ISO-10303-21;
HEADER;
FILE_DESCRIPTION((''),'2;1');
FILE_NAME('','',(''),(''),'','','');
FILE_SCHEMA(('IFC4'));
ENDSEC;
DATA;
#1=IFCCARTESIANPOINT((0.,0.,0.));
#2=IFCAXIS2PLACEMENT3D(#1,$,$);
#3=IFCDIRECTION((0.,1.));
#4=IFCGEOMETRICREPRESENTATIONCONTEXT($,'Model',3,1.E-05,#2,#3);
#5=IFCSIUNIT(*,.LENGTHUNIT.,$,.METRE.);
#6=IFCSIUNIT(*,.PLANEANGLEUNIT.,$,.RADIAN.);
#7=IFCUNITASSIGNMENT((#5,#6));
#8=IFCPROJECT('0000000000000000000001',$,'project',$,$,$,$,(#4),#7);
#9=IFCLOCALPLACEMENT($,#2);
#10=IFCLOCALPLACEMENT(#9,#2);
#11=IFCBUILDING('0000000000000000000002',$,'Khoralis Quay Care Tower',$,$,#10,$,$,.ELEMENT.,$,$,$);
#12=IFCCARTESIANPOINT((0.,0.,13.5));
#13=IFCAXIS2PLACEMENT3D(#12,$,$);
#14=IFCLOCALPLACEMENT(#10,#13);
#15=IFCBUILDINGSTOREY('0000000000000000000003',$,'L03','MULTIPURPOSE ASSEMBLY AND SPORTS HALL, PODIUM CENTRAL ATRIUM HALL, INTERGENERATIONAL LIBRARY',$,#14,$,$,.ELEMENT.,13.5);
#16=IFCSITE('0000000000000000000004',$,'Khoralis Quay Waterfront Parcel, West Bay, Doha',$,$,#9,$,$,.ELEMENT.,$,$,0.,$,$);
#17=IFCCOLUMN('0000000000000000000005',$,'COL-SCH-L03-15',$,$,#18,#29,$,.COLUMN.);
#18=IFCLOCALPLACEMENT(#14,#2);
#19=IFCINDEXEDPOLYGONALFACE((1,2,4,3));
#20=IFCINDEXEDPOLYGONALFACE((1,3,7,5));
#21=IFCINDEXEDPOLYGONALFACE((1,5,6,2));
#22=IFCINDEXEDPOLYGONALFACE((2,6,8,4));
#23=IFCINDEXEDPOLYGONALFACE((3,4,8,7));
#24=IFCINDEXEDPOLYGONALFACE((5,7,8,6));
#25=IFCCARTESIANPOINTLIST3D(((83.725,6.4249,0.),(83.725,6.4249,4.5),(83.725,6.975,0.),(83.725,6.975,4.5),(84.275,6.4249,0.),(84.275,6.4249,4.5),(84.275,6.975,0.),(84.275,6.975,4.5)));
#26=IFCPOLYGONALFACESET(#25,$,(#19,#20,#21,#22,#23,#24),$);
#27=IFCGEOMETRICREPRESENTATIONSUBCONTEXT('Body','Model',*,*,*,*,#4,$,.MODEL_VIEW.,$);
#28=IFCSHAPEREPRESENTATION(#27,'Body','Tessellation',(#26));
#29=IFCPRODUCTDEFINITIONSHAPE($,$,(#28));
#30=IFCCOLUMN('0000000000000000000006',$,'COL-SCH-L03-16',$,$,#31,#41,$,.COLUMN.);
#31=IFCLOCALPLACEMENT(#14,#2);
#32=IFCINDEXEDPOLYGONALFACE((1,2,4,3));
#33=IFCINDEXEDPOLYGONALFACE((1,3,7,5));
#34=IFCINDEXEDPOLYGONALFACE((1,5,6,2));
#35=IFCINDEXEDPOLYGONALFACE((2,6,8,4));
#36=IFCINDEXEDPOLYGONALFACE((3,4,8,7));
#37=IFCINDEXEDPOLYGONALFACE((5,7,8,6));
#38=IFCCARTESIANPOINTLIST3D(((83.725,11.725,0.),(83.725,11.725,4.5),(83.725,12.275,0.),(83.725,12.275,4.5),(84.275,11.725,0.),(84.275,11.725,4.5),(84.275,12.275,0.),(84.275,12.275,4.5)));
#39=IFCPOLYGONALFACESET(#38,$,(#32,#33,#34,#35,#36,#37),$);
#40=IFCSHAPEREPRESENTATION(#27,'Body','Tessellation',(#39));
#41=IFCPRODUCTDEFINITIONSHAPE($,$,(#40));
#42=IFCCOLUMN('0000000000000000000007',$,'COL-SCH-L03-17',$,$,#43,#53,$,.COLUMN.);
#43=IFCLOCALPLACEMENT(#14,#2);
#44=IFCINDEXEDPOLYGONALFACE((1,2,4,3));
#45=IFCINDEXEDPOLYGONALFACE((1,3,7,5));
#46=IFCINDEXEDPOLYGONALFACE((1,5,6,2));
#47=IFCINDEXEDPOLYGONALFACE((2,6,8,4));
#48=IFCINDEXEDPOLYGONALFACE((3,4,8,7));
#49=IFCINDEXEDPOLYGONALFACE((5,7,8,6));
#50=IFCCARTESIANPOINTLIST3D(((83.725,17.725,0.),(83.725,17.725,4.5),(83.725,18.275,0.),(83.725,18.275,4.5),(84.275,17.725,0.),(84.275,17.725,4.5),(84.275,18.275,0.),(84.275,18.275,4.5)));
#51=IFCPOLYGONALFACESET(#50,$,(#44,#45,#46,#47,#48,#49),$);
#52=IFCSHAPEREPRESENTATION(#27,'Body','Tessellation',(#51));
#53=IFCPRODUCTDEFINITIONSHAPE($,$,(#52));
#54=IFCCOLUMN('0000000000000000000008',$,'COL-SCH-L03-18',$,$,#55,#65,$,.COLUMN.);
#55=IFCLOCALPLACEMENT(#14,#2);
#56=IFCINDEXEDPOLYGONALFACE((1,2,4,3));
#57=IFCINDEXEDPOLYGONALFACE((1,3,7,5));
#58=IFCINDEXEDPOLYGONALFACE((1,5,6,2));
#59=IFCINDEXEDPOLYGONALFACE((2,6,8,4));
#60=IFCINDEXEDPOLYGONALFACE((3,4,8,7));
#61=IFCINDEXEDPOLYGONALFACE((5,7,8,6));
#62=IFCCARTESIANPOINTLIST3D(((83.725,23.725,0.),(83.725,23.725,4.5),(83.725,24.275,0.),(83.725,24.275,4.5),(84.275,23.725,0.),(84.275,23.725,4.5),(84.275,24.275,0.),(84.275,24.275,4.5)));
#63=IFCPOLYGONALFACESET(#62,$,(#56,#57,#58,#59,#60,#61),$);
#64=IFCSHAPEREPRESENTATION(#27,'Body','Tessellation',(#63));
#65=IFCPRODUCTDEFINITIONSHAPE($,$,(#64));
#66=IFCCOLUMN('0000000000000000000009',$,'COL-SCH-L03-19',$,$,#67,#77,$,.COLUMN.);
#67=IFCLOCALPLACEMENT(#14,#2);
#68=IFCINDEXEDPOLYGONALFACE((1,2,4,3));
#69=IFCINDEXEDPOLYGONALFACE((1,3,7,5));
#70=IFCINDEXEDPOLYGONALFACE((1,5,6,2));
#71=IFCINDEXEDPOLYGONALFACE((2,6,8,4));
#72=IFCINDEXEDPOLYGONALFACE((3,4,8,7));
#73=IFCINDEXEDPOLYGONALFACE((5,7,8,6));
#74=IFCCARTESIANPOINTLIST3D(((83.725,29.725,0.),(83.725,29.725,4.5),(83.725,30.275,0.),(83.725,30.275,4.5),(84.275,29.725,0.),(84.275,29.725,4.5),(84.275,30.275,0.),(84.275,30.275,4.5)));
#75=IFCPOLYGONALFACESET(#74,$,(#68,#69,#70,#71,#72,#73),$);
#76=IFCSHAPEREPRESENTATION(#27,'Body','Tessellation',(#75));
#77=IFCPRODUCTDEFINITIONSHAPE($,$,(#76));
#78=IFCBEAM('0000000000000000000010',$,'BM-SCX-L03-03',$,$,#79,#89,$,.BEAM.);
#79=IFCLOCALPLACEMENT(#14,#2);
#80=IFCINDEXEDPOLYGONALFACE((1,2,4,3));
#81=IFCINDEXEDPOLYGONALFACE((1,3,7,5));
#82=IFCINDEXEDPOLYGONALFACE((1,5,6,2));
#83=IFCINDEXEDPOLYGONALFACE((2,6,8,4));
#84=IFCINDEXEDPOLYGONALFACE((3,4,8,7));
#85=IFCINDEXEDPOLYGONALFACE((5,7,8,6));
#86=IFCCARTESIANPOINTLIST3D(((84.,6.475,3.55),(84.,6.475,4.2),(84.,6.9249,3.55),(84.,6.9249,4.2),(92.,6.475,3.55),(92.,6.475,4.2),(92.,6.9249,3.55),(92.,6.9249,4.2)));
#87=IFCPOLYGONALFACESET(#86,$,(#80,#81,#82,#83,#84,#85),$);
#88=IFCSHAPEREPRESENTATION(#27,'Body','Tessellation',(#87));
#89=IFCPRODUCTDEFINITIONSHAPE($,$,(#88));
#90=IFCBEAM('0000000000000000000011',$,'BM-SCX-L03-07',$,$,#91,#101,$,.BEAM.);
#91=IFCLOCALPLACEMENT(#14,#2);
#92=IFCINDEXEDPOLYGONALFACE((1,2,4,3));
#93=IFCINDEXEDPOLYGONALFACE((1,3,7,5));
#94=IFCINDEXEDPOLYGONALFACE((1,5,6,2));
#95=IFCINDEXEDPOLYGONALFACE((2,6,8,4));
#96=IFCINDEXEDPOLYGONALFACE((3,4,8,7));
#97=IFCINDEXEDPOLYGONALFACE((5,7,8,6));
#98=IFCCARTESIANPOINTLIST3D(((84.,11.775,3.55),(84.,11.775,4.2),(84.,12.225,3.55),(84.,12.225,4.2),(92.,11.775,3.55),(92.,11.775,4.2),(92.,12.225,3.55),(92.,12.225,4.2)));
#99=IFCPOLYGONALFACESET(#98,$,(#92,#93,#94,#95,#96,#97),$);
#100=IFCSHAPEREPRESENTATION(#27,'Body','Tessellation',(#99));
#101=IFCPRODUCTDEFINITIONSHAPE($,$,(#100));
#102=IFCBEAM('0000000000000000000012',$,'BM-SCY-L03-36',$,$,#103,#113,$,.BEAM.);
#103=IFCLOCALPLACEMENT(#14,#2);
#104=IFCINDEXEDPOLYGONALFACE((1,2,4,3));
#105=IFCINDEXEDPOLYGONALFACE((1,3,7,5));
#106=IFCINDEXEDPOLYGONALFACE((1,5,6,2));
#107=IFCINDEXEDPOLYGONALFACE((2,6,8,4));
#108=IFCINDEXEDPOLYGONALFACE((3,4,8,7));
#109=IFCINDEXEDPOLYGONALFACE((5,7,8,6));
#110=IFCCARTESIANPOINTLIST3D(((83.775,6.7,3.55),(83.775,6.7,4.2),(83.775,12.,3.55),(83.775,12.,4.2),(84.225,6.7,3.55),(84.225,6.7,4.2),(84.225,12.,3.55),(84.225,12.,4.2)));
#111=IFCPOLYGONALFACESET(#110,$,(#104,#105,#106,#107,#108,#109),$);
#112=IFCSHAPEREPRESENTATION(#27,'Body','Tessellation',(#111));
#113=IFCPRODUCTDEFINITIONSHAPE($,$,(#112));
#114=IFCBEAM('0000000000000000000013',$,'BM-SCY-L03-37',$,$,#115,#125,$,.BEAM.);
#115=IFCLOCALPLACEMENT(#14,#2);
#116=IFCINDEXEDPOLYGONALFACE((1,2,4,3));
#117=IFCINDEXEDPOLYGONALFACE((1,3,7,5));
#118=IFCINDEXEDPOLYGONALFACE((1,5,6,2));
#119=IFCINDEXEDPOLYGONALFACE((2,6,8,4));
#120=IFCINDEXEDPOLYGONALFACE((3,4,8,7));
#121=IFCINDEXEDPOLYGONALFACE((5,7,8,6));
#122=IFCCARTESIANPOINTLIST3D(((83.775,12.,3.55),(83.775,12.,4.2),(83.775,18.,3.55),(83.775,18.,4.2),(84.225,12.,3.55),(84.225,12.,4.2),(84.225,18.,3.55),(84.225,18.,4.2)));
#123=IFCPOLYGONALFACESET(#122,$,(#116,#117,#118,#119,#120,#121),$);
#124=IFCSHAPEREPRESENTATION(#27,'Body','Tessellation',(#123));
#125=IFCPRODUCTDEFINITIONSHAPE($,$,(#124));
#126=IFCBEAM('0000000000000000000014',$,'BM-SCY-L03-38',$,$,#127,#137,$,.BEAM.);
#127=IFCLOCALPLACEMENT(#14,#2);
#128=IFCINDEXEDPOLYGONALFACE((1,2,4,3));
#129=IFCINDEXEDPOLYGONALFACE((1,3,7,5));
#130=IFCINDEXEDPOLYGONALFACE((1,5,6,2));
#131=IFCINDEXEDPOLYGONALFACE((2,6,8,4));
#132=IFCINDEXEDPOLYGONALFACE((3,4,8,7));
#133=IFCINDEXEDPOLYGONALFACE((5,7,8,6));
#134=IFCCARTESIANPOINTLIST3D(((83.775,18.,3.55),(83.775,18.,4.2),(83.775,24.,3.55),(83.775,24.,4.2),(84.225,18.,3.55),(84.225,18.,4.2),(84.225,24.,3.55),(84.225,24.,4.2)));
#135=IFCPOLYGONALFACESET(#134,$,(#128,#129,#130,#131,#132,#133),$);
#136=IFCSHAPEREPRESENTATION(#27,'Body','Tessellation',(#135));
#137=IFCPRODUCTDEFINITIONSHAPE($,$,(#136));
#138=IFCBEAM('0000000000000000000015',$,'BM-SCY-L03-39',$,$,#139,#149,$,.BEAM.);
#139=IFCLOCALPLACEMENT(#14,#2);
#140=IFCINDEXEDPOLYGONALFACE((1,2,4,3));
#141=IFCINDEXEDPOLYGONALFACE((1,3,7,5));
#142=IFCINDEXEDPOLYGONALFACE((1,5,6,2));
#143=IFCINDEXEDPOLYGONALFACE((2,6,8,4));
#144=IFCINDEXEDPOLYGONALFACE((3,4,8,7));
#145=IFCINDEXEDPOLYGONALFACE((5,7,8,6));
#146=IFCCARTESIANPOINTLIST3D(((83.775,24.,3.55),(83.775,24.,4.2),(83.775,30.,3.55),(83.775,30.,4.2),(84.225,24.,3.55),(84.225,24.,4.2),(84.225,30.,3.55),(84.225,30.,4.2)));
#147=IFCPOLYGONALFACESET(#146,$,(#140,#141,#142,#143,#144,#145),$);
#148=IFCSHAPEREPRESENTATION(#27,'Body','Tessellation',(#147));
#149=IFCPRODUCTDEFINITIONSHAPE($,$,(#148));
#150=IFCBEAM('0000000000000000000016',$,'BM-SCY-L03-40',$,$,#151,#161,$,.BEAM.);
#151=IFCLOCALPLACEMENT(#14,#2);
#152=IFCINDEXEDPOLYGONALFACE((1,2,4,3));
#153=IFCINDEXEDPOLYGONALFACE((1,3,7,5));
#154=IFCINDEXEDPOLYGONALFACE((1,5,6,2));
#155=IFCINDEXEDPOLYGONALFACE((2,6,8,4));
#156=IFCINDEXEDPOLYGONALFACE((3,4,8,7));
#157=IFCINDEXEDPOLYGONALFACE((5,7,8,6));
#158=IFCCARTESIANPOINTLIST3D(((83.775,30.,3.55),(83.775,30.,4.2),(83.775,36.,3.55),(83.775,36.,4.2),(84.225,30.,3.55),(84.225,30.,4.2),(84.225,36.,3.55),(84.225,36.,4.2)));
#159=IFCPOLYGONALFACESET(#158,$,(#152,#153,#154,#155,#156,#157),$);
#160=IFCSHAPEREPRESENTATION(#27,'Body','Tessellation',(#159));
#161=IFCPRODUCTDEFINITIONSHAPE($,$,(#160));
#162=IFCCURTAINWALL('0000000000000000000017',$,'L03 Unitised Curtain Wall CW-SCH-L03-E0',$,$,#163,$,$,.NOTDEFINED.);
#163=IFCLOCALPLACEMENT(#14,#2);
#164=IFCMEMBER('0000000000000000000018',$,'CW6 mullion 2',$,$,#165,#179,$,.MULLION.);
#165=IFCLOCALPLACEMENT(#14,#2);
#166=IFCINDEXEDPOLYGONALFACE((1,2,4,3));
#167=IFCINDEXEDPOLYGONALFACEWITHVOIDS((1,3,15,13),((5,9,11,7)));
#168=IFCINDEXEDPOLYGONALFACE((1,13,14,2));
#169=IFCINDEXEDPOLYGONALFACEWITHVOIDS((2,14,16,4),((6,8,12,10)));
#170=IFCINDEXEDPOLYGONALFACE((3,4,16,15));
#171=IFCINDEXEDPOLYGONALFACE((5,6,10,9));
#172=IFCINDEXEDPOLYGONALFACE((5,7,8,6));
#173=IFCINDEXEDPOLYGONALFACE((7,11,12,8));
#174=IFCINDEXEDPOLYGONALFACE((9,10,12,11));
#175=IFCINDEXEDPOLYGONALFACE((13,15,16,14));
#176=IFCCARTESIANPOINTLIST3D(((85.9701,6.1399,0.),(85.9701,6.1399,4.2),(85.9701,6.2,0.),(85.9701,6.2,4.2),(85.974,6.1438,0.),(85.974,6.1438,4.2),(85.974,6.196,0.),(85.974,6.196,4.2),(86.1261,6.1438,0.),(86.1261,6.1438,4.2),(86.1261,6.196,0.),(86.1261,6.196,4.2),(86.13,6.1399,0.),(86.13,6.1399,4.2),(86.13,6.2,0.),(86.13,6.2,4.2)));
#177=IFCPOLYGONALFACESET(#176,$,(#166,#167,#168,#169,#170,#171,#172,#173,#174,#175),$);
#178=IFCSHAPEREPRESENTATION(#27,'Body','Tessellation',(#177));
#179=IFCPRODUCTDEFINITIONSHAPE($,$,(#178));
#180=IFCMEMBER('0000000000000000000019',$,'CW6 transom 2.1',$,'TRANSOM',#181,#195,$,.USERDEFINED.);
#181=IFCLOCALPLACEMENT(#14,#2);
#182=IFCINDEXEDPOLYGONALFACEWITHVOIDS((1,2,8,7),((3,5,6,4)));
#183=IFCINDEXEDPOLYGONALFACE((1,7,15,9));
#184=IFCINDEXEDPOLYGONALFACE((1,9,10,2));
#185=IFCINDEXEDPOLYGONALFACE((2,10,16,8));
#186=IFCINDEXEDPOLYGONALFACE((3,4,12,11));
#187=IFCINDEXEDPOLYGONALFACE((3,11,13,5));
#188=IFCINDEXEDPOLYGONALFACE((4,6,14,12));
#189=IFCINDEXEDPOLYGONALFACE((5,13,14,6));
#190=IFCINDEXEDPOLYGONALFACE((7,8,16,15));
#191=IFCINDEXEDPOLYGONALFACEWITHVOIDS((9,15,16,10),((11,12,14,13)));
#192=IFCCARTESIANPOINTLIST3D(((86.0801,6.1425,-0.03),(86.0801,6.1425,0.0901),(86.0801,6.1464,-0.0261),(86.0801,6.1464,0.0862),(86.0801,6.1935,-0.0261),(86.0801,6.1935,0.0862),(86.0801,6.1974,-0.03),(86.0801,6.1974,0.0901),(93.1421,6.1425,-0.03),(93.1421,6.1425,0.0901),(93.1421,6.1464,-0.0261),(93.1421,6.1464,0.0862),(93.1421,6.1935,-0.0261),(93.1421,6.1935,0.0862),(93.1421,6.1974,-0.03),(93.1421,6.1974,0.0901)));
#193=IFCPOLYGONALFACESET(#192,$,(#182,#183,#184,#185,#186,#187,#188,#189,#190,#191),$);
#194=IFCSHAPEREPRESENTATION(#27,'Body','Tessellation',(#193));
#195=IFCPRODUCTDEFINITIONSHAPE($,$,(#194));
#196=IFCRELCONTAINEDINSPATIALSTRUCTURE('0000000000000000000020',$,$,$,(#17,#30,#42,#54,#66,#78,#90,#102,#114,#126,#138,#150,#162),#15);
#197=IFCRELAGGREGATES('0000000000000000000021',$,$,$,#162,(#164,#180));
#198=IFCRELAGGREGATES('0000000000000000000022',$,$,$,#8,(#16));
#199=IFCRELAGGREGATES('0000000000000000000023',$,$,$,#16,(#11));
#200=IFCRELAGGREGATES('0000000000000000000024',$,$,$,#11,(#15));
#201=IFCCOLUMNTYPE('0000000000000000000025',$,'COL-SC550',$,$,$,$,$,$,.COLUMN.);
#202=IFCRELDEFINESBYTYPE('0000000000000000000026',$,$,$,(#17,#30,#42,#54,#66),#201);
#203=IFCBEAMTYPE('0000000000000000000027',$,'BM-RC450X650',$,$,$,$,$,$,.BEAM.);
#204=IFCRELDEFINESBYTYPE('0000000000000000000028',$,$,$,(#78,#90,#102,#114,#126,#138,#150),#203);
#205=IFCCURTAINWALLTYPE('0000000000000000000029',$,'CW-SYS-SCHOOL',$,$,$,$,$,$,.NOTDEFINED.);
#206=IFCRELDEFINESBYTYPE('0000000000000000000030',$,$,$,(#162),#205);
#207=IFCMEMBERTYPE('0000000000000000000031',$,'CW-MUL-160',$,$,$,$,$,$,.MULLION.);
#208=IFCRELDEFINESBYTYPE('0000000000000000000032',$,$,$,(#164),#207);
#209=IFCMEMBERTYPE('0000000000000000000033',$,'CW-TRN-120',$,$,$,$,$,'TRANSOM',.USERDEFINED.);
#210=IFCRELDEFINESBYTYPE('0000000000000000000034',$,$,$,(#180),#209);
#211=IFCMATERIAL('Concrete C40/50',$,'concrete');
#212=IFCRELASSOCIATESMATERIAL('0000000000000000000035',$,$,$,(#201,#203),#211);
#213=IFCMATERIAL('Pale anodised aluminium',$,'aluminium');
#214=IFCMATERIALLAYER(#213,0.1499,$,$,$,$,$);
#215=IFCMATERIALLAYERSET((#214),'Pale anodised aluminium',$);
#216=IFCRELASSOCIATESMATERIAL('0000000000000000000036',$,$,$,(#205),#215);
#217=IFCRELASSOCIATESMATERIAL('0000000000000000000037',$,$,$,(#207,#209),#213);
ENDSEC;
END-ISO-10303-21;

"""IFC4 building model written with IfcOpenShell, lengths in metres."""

from ifc_helpers import new_model, si_unit, direction, frame, origin, origin_2d, place, context, subcontext, project, spatial, rectangle, hollow_rectangle, extrude, source, transform, mapped, material, layer, layer_set, material_profile, profile_set, type_object, element, aggregate, save


model = new_model("IFC4")

# Units and contexts
model_context = context("Model", 3, precision=1e-05, world=origin(), true_north=direction((0.0, 1.0)))
body_context = subcontext(model_context, "Body", "Model", "MODEL_VIEW")
ifc_project = project(units=[si_unit("LENGTHUNIT", "METRE"), si_unit("PLANEANGLEUNIT", "RADIAN")], contexts=[model_context])

# Site, building, storey
site_placement = place(None, origin())
site = spatial("IfcSite", under=ifc_project, at=site_placement, Name="Khoralis Quay Waterfront Parcel, West Bay, Doha", CompositionType="ELEMENT", RefElevation=0.0)
building_placement = place(site_placement, origin())
building = spatial("IfcBuilding", under=site, at=building_placement, Name="Khoralis Quay Care Tower", CompositionType="ELEMENT")
storey_placement = place(building_placement, frame((0.0, 0.0, 13.5)))
storey = spatial("IfcBuildingStorey", under=building, at=storey_placement, Name="L03", Description="MULTIPURPOSE ASSEMBLY AND SPORTS HALL, PODIUM CENTRAL ATRIUM HALL, INTERGENERATIONAL LIBRARY", CompositionType="ELEMENT", Elevation=13.5)

# Columns
ifc_material_1 = material(Name="Concrete C40/50", Category="concrete")
ifc_material_profile_1 = material_profile(ifc_material_1, rectangle(XDim=0.55, YDim=0.55, at=origin_2d()), Name="Concrete C40/50")
ifc_profile_set_1 = profile_set([ifc_material_profile_1], Name="Concrete C40/50")
column_type = type_object("IfcColumnType", Name="COL-SC550", PredefinedType="COLUMN", material=ifc_profile_set_1)
shared_shape_1 = source(origin(), body_context, "Body", "SweptSolid", [
    extrude(rectangle(XDim=0.55, YDim=0.55, at=origin_2d()), origin(), (0.0, 0.0, 1.0), 4.5),
])
for number, where, z_axis, x_axis, name in (
    (1, (84.0, 6.7, 0.0), (0.0, 0.0, 1.0), (1.0, 0.0, 0.0), "COL-SCH-L03-15"),
    (2, (84.0, 12.0, 0.0), (0.0, 0.0, 1.0), (1.0, 0.0, 0.0), "COL-SCH-L03-16"),
    (3, (84.0, 18.0, 0.0), (0.0, 0.0, 1.0), (1.0, 0.0, 0.0), "COL-SCH-L03-17"),
    (4, (84.0, 24.0, 0.0), (0.0, 0.0, 1.0), (1.0, 0.0, 0.0), "COL-SCH-L03-18"),
    (5, (84.0, 30.0, 0.0), (0.0, 0.0, 1.0), (1.0, 0.0, 0.0), "COL-SCH-L03-19"),
):
    element("IfcColumn", number, at=place(storey_placement, frame(where, z_axis=z_axis, x_axis=x_axis)), inside=storey, type_object=column_type, Name=name, PredefinedType="COLUMN", context=body_context, shape_type="MappedRepresentation", body=[
        mapped(shared_shape_1, transform((0.0, 0.0, 0.0), scale=1.0)),
    ])

# Beams
ifc_material_profile_2 = material_profile(ifc_material_1, rectangle(XDim=0.45, YDim=0.6499, at=origin_2d()), Name="Concrete C40/50")
ifc_profile_set_2 = profile_set([ifc_material_profile_2], Name="Concrete C40/50")
beam_type = type_object("IfcBeamType", Name="BM-RC450X650", PredefinedType="BEAM", material=ifc_profile_set_2)
shared_shape_2 = source(origin(), body_context, "Body", "SweptSolid", [
    extrude(rectangle(XDim=0.45, YDim=0.6499, at=origin_2d()), origin(), (0.0, 0.0, 1.0), 8.0),
])
for number, where, z_axis, x_axis, name in (
    (6, (84.0, 6.7, 3.875), (1.0, 0.0, 0.0), (0.0, 1.0, 0.0), "BM-SCX-L03-03"),
    (7, (84.0, 12.0, 3.875), (1.0, 0.0, 0.0), (0.0, 1.0, 0.0), "BM-SCX-L03-07"),
):
    element("IfcBeam", number, at=place(storey_placement, frame(where, z_axis=z_axis, x_axis=x_axis)), inside=storey, type_object=beam_type, Name=name, PredefinedType="BEAM", context=body_context, shape_type="MappedRepresentation", body=[
        mapped(shared_shape_2, transform((0.0, 0.0, 0.0), scale=1.0)),
    ])
shared_shape_3 = source(origin(), body_context, "Body", "SweptSolid", [
    extrude(rectangle(XDim=0.45, YDim=0.6499, at=origin_2d()), origin(), (0.0, 0.0, 1.0), 5.3),
])
beam_placement = place(storey_placement, frame((84.0, 6.7, 3.875), z_axis=(0.0, 1.0, 0.0), x_axis=(-1.0, 0.0, 0.0)))
element("IfcBeam", 8, at=beam_placement, inside=storey, type_object=beam_type, Name="BM-SCY-L03-36", PredefinedType="BEAM", context=body_context, shape_type="MappedRepresentation", body=[
    mapped(shared_shape_3, transform((0.0, 0.0, 0.0), scale=1.0)),
])
shared_shape_4 = source(origin(), body_context, "Body", "SweptSolid", [
    extrude(rectangle(XDim=0.45, YDim=0.6499, at=origin_2d()), origin(), (0.0, 0.0, 1.0), 6.0),
])
for number, where, z_axis, x_axis, name in (
    (9, (84.0, 12.0, 3.875), (0.0, 1.0, 0.0), (-1.0, 0.0, 0.0), "BM-SCY-L03-37"),
    (10, (84.0, 18.0, 3.875), (0.0, 1.0, 0.0), (-1.0, 0.0, 0.0), "BM-SCY-L03-38"),
    (11, (84.0, 24.0, 3.875), (0.0, 1.0, 0.0), (-1.0, 0.0, 0.0), "BM-SCY-L03-39"),
    (12, (84.0, 30.0, 3.875), (0.0, 1.0, 0.0), (-1.0, 0.0, 0.0), "BM-SCY-L03-40"),
):
    element("IfcBeam", number, at=place(storey_placement, frame(where, z_axis=z_axis, x_axis=x_axis)), inside=storey, type_object=beam_type, Name=name, PredefinedType="BEAM", context=body_context, shape_type="MappedRepresentation", body=[
        mapped(shared_shape_4, transform((0.0, 0.0, 0.0), scale=1.0)),
    ])

# Curtain wall, members
ifc_material_2 = material(Name="Pale anodised aluminium", Category="aluminium")
ifc_layer_1 = layer(ifc_material_2, 0.1499)
ifc_layer_set_1 = layer_set([ifc_layer_1], Name="Pale anodised aluminium")
curtain_wall_type = type_object("IfcCurtainWallType", Name="CW-SYS-SCHOOL", PredefinedType="NOTDEFINED", material=ifc_layer_set_1)
curtain_wall_placement = place(storey_placement, origin())
curtain_wall = element("IfcCurtainWall", 13, at=curtain_wall_placement, inside=storey, type_object=curtain_wall_type, Name="L03 Unitised Curtain Wall CW-SCH-L03-E0", PredefinedType="NOTDEFINED")
ifc_material_profile_3 = material_profile(ifc_material_2, hollow_rectangle(XDim=0.0601, YDim=0.1599, WallThickness=0.0039, at=origin_2d()), Name="Pale anodised aluminium")
ifc_profile_set_3 = profile_set([ifc_material_profile_3], Name="Pale anodised aluminium")
member_type_1 = type_object("IfcMemberType", Name="CW-MUL-160", PredefinedType="MULLION", material=ifc_profile_set_3)
shared_shape_5 = source(origin(), body_context, "Body", "SweptSolid", [
    extrude(hollow_rectangle(XDim=0.0601, YDim=0.1599, WallThickness=0.0039, at=origin_2d()), origin(), (0.0, 0.0, 1.0), 4.2),
])
member_1_placement = place(storey_placement, frame((86.05, 6.1699, 0.0), z_axis=(0.0, 0.0, 1.0), x_axis=(0.0, 1.0, 0.0)))
member_1 = element("IfcMember", 14, at=member_1_placement, type_object=member_type_1, Name="CW6 mullion 2", PredefinedType="MULLION", context=body_context, shape_type="MappedRepresentation", body=[
    mapped(shared_shape_5, transform((0.0, 0.0, 0.0), scale=1.0)),
])
ifc_material_profile_4 = material_profile(ifc_material_2, hollow_rectangle(XDim=0.0549, YDim=0.1201, WallThickness=0.0039, at=origin_2d()), Name="Pale anodised aluminium")
ifc_profile_set_4 = profile_set([ifc_material_profile_4], Name="Pale anodised aluminium")
member_type_2 = type_object("IfcMemberType", Name="CW-TRN-120", ElementType="TRANSOM", PredefinedType="USERDEFINED", material=ifc_profile_set_4)
shared_shape_6 = source(origin(), body_context, "Body", "SweptSolid", [
    extrude(hollow_rectangle(XDim=0.0549, YDim=0.1201, WallThickness=0.0039, at=origin_2d()), origin(), (0.0, 0.0, 1.0), 7.062),
])
member_2_placement = place(storey_placement, frame((86.0801, 6.1699, 0.03), z_axis=(1.0, 0.0, 0.0), x_axis=(0.0, 1.0, 0.0)))
member_2 = element("IfcMember", 15, at=member_2_placement, type_object=member_type_2, Name="CW6 transom 2.1", ObjectType="TRANSOM", PredefinedType="USERDEFINED", context=body_context, shape_type="MappedRepresentation", body=[
    mapped(shared_shape_6, transform((0.0, 0.0, 0.0), scale=1.0)),
])
aggregate(curtain_wall, [member_1, member_2])

save(model, "model.ifc")
